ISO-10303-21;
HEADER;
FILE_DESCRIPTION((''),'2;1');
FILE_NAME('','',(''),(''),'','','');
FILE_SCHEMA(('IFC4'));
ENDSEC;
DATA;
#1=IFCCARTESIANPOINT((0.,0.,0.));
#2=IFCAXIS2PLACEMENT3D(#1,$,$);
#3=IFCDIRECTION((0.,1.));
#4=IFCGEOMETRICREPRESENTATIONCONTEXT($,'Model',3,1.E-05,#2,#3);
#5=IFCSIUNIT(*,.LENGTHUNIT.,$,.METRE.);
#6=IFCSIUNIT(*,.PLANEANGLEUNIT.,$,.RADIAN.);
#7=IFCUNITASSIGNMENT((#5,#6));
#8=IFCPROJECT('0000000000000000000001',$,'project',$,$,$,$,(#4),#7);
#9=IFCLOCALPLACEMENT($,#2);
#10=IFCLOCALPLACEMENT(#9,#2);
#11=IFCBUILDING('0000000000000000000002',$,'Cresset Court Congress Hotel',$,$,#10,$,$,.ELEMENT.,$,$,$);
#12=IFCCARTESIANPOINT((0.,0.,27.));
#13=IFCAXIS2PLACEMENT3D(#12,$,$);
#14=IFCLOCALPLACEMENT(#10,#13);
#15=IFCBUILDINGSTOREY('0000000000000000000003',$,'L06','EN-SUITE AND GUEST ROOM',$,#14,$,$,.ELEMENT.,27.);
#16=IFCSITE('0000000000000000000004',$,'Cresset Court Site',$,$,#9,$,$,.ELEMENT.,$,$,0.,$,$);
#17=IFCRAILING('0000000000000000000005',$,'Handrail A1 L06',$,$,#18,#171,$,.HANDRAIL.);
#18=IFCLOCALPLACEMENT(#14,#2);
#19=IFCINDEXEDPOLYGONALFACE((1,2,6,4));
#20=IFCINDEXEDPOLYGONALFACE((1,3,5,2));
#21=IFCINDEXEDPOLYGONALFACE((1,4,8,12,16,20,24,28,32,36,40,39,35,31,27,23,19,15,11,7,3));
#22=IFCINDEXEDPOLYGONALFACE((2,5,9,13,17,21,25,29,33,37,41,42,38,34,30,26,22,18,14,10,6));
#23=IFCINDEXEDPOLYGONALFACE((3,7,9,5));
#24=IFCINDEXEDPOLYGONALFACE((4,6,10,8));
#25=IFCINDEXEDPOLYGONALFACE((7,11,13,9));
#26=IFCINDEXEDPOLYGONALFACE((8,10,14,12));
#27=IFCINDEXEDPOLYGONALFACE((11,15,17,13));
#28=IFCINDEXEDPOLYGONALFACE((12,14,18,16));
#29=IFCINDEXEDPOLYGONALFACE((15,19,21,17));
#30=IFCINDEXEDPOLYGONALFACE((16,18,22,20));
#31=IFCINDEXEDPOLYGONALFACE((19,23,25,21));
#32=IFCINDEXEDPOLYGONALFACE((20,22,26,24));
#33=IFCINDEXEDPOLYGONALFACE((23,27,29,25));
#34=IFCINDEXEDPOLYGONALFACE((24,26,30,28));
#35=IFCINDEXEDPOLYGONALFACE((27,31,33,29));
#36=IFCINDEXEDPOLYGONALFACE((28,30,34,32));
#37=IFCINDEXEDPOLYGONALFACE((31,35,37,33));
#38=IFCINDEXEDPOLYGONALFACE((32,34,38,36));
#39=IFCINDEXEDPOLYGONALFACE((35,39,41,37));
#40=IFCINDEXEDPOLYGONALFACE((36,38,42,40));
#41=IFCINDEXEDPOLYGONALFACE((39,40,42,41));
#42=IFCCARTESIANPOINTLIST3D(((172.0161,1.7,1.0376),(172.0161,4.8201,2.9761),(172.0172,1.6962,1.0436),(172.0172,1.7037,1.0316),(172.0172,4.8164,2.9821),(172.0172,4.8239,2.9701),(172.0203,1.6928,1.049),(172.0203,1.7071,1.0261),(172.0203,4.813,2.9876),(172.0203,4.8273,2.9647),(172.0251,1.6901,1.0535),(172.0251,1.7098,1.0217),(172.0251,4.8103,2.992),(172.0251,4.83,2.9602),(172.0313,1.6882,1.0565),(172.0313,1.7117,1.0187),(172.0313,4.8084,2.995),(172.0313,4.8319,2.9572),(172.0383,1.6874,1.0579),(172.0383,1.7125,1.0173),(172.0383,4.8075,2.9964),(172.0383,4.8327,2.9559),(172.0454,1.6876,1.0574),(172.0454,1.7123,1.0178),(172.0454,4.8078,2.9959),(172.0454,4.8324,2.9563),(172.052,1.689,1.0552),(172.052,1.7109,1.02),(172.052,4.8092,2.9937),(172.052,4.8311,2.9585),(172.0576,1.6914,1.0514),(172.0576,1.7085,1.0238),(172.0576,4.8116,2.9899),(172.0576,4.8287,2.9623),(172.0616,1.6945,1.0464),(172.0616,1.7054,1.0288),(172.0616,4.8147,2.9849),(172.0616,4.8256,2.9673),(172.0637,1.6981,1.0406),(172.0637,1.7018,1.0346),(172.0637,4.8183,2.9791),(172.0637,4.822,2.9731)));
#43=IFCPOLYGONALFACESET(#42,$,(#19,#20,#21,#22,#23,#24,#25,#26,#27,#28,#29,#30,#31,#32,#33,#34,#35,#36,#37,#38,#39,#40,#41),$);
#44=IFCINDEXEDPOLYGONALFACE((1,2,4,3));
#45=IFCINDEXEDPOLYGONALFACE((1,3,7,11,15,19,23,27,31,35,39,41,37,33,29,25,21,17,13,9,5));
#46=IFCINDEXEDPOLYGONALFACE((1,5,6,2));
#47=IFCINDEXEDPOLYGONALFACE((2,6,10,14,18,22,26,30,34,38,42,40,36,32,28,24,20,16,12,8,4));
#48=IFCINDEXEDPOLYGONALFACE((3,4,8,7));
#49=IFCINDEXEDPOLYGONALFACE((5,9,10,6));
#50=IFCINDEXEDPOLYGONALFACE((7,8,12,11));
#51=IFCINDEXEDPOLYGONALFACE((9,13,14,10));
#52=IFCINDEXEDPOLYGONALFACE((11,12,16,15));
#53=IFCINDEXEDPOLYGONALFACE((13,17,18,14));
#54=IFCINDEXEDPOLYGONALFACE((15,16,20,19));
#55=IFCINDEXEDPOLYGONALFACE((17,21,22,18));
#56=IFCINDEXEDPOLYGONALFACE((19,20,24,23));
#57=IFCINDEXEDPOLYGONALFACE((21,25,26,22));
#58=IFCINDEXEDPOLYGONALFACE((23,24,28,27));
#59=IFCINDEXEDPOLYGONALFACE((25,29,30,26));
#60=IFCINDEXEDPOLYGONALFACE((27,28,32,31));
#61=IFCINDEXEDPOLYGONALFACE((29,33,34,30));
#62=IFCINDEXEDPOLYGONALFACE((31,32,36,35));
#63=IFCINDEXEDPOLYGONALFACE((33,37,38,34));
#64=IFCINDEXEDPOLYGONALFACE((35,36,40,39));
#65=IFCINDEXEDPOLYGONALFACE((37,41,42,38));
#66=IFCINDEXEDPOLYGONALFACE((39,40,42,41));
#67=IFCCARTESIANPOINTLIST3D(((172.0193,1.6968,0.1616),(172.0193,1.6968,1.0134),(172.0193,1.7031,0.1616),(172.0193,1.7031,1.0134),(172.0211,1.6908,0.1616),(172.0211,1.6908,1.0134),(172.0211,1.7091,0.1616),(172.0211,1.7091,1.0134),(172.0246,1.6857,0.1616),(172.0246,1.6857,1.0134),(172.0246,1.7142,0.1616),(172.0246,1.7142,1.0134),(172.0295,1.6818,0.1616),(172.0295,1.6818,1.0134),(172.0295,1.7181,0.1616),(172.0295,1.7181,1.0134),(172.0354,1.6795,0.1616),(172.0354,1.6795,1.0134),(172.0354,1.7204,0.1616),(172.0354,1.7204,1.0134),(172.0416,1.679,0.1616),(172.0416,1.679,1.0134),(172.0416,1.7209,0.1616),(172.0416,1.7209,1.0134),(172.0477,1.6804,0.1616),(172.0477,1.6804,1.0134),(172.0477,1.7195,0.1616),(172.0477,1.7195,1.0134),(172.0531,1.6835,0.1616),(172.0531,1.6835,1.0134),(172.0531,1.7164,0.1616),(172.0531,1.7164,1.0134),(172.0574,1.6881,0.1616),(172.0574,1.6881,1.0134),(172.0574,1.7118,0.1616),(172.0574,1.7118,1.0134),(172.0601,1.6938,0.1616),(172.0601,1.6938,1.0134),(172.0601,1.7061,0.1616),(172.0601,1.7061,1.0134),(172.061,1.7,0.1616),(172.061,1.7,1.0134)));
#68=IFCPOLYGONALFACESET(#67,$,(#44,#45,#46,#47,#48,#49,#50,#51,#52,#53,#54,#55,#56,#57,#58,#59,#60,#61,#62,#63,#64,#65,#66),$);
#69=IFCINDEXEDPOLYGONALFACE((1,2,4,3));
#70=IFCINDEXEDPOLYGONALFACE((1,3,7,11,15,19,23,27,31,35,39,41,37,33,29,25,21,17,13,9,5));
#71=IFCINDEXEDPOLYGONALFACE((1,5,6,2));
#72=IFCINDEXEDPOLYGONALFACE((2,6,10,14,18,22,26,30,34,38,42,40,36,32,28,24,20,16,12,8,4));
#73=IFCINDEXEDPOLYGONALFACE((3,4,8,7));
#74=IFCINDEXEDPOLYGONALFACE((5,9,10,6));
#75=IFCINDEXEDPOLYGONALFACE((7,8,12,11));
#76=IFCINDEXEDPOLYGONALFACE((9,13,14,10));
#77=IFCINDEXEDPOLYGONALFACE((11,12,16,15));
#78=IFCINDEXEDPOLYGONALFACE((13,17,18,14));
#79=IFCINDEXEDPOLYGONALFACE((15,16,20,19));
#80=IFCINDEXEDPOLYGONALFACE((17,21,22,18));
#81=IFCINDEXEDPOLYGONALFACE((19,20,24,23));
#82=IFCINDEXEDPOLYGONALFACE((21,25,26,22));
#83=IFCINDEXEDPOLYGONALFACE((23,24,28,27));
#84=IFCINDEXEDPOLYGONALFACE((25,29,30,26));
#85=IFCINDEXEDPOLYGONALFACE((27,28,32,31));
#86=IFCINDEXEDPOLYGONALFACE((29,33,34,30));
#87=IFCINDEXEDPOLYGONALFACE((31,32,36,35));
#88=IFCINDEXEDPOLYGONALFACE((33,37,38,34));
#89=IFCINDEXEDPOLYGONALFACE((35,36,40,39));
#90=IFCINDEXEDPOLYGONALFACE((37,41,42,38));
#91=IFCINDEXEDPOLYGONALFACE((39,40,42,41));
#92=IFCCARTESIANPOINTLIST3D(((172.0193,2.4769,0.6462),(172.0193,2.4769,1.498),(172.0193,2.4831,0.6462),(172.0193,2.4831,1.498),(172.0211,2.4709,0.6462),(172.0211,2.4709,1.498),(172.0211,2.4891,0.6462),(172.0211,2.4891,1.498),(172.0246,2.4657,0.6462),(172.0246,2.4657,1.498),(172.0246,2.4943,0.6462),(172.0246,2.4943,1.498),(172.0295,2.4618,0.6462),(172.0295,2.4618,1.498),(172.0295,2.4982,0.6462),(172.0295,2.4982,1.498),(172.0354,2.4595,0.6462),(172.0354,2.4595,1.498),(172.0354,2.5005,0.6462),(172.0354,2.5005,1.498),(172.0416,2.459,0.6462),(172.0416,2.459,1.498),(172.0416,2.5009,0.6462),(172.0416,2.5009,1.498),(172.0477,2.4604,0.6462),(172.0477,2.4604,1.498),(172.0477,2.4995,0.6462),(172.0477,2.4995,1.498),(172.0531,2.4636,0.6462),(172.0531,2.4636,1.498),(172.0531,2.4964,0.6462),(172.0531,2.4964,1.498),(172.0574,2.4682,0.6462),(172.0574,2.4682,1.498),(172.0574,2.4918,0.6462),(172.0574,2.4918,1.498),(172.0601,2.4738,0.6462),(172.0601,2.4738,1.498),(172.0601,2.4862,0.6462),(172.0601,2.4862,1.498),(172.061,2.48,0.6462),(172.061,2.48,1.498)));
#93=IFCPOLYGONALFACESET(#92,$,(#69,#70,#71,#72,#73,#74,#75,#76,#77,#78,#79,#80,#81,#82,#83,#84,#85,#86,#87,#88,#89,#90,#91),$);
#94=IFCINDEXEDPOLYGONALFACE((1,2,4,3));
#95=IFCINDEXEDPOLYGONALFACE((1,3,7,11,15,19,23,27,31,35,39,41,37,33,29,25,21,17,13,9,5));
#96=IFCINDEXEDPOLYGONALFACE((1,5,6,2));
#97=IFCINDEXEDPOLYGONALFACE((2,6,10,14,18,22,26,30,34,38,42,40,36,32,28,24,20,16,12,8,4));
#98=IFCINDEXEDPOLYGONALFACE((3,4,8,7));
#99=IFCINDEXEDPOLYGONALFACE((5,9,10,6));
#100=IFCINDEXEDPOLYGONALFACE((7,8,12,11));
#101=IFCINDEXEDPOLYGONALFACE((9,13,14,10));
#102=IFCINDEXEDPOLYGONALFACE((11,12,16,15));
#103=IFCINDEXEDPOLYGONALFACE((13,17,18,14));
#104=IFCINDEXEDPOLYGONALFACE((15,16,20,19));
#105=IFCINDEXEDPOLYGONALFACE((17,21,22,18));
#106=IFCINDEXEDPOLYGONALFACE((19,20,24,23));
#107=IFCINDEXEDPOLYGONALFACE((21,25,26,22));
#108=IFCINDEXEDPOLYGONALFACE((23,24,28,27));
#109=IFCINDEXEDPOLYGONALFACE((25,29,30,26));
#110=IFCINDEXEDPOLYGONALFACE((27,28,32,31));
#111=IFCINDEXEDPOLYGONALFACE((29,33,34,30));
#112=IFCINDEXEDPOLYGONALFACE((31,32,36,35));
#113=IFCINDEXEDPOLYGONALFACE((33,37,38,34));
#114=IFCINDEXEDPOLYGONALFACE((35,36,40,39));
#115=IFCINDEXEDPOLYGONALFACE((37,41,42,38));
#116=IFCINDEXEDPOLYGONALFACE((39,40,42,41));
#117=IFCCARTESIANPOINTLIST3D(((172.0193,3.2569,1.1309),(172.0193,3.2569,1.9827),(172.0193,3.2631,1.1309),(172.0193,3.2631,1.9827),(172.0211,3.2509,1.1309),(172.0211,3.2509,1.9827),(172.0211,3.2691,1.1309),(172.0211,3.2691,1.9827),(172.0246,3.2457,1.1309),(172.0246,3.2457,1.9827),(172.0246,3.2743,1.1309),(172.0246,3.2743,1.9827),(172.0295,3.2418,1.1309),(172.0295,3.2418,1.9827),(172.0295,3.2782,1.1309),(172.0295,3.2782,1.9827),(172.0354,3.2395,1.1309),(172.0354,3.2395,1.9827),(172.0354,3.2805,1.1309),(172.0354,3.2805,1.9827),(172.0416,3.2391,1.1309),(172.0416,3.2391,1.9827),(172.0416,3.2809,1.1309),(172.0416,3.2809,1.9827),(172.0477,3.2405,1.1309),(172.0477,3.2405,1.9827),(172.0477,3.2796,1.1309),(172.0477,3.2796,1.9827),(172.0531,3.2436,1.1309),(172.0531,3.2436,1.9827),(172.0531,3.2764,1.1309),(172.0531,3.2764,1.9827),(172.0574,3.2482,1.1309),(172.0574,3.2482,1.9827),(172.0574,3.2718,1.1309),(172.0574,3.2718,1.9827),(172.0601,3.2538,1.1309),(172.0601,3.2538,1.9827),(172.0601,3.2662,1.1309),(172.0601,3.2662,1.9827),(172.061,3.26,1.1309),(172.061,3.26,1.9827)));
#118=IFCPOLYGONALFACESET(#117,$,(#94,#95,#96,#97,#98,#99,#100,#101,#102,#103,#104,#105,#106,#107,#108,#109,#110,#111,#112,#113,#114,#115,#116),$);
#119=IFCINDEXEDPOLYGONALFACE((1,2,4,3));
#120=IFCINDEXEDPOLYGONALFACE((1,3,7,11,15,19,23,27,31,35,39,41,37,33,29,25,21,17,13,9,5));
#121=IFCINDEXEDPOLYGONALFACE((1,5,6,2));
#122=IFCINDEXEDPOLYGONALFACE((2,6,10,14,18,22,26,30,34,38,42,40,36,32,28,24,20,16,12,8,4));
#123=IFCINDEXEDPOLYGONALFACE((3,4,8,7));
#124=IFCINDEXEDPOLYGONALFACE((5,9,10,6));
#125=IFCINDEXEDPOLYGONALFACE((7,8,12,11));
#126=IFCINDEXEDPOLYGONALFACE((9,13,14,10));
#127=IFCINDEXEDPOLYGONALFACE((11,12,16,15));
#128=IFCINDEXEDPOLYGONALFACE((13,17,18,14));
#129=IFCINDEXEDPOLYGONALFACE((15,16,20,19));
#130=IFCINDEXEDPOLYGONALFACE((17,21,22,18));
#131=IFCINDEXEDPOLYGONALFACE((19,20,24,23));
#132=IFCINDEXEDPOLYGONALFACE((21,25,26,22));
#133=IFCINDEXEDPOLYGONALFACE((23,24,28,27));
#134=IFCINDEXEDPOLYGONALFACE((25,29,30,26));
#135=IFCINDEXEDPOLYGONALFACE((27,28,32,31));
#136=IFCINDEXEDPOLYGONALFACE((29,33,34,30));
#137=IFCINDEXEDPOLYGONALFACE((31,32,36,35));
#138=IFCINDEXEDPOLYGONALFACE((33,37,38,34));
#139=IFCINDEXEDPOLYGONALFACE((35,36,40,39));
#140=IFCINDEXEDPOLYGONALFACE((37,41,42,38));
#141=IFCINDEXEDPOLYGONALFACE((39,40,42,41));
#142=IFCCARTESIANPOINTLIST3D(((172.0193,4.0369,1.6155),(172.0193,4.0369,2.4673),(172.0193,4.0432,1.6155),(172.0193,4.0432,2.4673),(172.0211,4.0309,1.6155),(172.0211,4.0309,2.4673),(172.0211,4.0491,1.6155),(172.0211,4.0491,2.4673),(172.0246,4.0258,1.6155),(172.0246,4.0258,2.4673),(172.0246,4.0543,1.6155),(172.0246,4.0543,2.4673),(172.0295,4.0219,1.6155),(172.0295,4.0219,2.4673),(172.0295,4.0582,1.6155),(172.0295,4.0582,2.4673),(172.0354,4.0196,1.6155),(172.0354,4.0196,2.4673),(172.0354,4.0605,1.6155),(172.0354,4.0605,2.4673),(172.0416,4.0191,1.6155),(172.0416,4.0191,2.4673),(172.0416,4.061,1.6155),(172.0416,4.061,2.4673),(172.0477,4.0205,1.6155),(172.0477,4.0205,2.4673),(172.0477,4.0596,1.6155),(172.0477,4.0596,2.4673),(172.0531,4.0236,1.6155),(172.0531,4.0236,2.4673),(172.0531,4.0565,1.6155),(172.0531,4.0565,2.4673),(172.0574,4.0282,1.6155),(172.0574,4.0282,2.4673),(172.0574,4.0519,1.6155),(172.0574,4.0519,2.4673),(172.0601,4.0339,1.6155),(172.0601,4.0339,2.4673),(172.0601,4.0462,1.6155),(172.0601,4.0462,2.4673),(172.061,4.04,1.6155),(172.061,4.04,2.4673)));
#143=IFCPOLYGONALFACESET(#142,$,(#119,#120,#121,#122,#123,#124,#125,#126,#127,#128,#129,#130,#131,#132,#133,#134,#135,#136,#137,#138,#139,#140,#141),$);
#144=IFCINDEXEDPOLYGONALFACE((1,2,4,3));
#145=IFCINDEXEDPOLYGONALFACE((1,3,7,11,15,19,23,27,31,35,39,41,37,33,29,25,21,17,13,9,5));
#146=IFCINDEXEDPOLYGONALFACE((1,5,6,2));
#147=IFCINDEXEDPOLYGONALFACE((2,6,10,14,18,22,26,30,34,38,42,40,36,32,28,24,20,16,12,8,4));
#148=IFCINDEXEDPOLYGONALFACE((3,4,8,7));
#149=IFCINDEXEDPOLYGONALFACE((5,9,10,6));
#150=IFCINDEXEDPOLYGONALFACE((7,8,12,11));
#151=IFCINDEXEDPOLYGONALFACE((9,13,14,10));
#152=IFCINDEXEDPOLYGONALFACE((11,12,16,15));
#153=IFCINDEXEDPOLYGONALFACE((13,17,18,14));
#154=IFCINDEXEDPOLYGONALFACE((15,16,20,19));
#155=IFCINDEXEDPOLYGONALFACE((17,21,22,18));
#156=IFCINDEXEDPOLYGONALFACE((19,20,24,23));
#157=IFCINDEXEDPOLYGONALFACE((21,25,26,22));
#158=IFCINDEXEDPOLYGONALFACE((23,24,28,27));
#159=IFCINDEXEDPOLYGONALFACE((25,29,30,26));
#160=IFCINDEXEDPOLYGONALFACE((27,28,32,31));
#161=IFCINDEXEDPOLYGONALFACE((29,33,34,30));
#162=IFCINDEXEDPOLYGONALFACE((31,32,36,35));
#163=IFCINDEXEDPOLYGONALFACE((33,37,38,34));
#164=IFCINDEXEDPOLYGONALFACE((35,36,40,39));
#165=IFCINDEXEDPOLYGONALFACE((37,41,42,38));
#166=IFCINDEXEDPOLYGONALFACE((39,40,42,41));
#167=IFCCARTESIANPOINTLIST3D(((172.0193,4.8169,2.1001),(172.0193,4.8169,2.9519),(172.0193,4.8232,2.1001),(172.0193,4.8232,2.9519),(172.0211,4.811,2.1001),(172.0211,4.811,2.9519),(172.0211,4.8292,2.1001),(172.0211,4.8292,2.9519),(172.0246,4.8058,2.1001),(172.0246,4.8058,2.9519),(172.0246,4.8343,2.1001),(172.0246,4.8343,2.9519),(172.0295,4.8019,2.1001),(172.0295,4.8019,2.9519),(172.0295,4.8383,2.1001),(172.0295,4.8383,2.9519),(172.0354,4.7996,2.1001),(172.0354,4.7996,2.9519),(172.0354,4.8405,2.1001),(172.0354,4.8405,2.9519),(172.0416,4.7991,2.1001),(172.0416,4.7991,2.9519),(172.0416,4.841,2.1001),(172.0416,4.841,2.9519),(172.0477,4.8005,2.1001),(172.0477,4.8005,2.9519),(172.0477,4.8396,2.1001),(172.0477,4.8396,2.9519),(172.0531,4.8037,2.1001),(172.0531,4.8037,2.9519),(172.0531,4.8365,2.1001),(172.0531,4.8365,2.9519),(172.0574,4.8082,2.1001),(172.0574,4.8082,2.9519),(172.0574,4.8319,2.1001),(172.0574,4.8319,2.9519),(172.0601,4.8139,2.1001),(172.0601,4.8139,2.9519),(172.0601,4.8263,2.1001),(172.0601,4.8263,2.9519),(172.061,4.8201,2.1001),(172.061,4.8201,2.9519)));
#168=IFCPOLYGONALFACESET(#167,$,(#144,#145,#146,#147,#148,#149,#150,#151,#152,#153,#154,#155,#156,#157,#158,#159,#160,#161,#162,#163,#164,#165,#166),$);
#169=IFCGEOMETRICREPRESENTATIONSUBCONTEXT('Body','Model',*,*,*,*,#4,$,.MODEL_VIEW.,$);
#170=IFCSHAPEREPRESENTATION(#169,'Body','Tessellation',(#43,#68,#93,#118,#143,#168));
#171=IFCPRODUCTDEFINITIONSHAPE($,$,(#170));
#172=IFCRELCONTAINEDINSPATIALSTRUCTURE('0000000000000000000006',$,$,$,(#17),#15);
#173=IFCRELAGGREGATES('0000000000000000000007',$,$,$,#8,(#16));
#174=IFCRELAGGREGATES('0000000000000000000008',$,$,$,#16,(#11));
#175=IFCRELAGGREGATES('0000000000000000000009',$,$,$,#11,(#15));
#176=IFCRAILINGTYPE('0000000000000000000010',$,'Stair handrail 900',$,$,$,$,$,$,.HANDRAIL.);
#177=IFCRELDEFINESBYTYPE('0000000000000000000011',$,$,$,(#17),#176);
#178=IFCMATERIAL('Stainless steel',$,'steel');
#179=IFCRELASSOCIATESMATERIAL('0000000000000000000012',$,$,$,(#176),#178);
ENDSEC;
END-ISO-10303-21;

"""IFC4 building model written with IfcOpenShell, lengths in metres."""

from ifc_helpers import new_model, si_unit, direction, frame, origin, origin_2d, place, context, subcontext, project, spatial, circle, extrude, material, type_object, element, save


model = new_model("IFC4")

# Units and contexts
model_context = context("Model", 3, precision=1e-05, world=origin(), true_north=direction((0.0, 1.0)))
body_context = subcontext(model_context, "Body", "Model", "MODEL_VIEW")
ifc_project = project(units=[si_unit("LENGTHUNIT", "METRE"), si_unit("PLANEANGLEUNIT", "RADIAN")], contexts=[model_context])

# Site, building, storey
site_placement = place(None, origin())
site = spatial("IfcSite", under=ifc_project, at=site_placement, Name="Cresset Court Site", CompositionType="ELEMENT", RefElevation=0.0)
building_placement = place(site_placement, origin())
building = spatial("IfcBuilding", under=site, at=building_placement, Name="Cresset Court Congress Hotel", CompositionType="ELEMENT")
storey_placement = place(building_placement, frame((0.0, 0.0, 27.0)))
storey = spatial("IfcBuildingStorey", under=building, at=storey_placement, Name="L06", Description="EN-SUITE AND GUEST ROOM", CompositionType="ELEMENT", Elevation=27.0)

# Railing
ifc_material_1 = material(Name="Stainless steel", Category="steel")
railing_type_1 = type_object("IfcRailingType", Name="Stair handrail 900", PredefinedType="HANDRAIL", material=ifc_material_1)
for number, where, name in (
    (1, (172.04, 1.7, 0.1616), "Handrail A1 L06"),
):
    element("IfcRailing", number, at=place(storey_placement, frame(where)), inside=storey, type_object=railing_type_1, Name=name, PredefinedType="HANDRAIL", context=body_context, shape_type="SweptSolid", body=[
        extrude(circle(Radius=0.0239, at=origin_2d()), frame((0.0, 0.0, 0.876), z_axis=(0.0, 0.849414, 0.527727), x_axis=(-1.0, 0.0, 0.0)), (0.0, 0.0, 1.0), 3.6733),
        extrude(circle(Radius=0.021, at=origin_2d()), origin(), (0.0, 0.0, 1.0), 0.8518),
        extrude(circle(Radius=0.021, at=origin_2d()), frame((0.0, 0.78, 0.4846)), (0.0, 0.0, 1.0), 0.8518),
        extrude(circle(Radius=0.021, at=origin_2d()), frame((0.0, 1.5601, 0.9692)), (0.0, 0.0, 1.0), 0.8518),
        extrude(circle(Radius=0.021, at=origin_2d()), frame((0.0, 2.3401, 1.4539)), (0.0, 0.0, 1.0), 0.8518),
        extrude(circle(Radius=0.021, at=origin_2d()), frame((0.0, 3.1201, 1.9385)), (0.0, 0.0, 1.0), 0.8518),
    ])

save(model, "model.ifc")
